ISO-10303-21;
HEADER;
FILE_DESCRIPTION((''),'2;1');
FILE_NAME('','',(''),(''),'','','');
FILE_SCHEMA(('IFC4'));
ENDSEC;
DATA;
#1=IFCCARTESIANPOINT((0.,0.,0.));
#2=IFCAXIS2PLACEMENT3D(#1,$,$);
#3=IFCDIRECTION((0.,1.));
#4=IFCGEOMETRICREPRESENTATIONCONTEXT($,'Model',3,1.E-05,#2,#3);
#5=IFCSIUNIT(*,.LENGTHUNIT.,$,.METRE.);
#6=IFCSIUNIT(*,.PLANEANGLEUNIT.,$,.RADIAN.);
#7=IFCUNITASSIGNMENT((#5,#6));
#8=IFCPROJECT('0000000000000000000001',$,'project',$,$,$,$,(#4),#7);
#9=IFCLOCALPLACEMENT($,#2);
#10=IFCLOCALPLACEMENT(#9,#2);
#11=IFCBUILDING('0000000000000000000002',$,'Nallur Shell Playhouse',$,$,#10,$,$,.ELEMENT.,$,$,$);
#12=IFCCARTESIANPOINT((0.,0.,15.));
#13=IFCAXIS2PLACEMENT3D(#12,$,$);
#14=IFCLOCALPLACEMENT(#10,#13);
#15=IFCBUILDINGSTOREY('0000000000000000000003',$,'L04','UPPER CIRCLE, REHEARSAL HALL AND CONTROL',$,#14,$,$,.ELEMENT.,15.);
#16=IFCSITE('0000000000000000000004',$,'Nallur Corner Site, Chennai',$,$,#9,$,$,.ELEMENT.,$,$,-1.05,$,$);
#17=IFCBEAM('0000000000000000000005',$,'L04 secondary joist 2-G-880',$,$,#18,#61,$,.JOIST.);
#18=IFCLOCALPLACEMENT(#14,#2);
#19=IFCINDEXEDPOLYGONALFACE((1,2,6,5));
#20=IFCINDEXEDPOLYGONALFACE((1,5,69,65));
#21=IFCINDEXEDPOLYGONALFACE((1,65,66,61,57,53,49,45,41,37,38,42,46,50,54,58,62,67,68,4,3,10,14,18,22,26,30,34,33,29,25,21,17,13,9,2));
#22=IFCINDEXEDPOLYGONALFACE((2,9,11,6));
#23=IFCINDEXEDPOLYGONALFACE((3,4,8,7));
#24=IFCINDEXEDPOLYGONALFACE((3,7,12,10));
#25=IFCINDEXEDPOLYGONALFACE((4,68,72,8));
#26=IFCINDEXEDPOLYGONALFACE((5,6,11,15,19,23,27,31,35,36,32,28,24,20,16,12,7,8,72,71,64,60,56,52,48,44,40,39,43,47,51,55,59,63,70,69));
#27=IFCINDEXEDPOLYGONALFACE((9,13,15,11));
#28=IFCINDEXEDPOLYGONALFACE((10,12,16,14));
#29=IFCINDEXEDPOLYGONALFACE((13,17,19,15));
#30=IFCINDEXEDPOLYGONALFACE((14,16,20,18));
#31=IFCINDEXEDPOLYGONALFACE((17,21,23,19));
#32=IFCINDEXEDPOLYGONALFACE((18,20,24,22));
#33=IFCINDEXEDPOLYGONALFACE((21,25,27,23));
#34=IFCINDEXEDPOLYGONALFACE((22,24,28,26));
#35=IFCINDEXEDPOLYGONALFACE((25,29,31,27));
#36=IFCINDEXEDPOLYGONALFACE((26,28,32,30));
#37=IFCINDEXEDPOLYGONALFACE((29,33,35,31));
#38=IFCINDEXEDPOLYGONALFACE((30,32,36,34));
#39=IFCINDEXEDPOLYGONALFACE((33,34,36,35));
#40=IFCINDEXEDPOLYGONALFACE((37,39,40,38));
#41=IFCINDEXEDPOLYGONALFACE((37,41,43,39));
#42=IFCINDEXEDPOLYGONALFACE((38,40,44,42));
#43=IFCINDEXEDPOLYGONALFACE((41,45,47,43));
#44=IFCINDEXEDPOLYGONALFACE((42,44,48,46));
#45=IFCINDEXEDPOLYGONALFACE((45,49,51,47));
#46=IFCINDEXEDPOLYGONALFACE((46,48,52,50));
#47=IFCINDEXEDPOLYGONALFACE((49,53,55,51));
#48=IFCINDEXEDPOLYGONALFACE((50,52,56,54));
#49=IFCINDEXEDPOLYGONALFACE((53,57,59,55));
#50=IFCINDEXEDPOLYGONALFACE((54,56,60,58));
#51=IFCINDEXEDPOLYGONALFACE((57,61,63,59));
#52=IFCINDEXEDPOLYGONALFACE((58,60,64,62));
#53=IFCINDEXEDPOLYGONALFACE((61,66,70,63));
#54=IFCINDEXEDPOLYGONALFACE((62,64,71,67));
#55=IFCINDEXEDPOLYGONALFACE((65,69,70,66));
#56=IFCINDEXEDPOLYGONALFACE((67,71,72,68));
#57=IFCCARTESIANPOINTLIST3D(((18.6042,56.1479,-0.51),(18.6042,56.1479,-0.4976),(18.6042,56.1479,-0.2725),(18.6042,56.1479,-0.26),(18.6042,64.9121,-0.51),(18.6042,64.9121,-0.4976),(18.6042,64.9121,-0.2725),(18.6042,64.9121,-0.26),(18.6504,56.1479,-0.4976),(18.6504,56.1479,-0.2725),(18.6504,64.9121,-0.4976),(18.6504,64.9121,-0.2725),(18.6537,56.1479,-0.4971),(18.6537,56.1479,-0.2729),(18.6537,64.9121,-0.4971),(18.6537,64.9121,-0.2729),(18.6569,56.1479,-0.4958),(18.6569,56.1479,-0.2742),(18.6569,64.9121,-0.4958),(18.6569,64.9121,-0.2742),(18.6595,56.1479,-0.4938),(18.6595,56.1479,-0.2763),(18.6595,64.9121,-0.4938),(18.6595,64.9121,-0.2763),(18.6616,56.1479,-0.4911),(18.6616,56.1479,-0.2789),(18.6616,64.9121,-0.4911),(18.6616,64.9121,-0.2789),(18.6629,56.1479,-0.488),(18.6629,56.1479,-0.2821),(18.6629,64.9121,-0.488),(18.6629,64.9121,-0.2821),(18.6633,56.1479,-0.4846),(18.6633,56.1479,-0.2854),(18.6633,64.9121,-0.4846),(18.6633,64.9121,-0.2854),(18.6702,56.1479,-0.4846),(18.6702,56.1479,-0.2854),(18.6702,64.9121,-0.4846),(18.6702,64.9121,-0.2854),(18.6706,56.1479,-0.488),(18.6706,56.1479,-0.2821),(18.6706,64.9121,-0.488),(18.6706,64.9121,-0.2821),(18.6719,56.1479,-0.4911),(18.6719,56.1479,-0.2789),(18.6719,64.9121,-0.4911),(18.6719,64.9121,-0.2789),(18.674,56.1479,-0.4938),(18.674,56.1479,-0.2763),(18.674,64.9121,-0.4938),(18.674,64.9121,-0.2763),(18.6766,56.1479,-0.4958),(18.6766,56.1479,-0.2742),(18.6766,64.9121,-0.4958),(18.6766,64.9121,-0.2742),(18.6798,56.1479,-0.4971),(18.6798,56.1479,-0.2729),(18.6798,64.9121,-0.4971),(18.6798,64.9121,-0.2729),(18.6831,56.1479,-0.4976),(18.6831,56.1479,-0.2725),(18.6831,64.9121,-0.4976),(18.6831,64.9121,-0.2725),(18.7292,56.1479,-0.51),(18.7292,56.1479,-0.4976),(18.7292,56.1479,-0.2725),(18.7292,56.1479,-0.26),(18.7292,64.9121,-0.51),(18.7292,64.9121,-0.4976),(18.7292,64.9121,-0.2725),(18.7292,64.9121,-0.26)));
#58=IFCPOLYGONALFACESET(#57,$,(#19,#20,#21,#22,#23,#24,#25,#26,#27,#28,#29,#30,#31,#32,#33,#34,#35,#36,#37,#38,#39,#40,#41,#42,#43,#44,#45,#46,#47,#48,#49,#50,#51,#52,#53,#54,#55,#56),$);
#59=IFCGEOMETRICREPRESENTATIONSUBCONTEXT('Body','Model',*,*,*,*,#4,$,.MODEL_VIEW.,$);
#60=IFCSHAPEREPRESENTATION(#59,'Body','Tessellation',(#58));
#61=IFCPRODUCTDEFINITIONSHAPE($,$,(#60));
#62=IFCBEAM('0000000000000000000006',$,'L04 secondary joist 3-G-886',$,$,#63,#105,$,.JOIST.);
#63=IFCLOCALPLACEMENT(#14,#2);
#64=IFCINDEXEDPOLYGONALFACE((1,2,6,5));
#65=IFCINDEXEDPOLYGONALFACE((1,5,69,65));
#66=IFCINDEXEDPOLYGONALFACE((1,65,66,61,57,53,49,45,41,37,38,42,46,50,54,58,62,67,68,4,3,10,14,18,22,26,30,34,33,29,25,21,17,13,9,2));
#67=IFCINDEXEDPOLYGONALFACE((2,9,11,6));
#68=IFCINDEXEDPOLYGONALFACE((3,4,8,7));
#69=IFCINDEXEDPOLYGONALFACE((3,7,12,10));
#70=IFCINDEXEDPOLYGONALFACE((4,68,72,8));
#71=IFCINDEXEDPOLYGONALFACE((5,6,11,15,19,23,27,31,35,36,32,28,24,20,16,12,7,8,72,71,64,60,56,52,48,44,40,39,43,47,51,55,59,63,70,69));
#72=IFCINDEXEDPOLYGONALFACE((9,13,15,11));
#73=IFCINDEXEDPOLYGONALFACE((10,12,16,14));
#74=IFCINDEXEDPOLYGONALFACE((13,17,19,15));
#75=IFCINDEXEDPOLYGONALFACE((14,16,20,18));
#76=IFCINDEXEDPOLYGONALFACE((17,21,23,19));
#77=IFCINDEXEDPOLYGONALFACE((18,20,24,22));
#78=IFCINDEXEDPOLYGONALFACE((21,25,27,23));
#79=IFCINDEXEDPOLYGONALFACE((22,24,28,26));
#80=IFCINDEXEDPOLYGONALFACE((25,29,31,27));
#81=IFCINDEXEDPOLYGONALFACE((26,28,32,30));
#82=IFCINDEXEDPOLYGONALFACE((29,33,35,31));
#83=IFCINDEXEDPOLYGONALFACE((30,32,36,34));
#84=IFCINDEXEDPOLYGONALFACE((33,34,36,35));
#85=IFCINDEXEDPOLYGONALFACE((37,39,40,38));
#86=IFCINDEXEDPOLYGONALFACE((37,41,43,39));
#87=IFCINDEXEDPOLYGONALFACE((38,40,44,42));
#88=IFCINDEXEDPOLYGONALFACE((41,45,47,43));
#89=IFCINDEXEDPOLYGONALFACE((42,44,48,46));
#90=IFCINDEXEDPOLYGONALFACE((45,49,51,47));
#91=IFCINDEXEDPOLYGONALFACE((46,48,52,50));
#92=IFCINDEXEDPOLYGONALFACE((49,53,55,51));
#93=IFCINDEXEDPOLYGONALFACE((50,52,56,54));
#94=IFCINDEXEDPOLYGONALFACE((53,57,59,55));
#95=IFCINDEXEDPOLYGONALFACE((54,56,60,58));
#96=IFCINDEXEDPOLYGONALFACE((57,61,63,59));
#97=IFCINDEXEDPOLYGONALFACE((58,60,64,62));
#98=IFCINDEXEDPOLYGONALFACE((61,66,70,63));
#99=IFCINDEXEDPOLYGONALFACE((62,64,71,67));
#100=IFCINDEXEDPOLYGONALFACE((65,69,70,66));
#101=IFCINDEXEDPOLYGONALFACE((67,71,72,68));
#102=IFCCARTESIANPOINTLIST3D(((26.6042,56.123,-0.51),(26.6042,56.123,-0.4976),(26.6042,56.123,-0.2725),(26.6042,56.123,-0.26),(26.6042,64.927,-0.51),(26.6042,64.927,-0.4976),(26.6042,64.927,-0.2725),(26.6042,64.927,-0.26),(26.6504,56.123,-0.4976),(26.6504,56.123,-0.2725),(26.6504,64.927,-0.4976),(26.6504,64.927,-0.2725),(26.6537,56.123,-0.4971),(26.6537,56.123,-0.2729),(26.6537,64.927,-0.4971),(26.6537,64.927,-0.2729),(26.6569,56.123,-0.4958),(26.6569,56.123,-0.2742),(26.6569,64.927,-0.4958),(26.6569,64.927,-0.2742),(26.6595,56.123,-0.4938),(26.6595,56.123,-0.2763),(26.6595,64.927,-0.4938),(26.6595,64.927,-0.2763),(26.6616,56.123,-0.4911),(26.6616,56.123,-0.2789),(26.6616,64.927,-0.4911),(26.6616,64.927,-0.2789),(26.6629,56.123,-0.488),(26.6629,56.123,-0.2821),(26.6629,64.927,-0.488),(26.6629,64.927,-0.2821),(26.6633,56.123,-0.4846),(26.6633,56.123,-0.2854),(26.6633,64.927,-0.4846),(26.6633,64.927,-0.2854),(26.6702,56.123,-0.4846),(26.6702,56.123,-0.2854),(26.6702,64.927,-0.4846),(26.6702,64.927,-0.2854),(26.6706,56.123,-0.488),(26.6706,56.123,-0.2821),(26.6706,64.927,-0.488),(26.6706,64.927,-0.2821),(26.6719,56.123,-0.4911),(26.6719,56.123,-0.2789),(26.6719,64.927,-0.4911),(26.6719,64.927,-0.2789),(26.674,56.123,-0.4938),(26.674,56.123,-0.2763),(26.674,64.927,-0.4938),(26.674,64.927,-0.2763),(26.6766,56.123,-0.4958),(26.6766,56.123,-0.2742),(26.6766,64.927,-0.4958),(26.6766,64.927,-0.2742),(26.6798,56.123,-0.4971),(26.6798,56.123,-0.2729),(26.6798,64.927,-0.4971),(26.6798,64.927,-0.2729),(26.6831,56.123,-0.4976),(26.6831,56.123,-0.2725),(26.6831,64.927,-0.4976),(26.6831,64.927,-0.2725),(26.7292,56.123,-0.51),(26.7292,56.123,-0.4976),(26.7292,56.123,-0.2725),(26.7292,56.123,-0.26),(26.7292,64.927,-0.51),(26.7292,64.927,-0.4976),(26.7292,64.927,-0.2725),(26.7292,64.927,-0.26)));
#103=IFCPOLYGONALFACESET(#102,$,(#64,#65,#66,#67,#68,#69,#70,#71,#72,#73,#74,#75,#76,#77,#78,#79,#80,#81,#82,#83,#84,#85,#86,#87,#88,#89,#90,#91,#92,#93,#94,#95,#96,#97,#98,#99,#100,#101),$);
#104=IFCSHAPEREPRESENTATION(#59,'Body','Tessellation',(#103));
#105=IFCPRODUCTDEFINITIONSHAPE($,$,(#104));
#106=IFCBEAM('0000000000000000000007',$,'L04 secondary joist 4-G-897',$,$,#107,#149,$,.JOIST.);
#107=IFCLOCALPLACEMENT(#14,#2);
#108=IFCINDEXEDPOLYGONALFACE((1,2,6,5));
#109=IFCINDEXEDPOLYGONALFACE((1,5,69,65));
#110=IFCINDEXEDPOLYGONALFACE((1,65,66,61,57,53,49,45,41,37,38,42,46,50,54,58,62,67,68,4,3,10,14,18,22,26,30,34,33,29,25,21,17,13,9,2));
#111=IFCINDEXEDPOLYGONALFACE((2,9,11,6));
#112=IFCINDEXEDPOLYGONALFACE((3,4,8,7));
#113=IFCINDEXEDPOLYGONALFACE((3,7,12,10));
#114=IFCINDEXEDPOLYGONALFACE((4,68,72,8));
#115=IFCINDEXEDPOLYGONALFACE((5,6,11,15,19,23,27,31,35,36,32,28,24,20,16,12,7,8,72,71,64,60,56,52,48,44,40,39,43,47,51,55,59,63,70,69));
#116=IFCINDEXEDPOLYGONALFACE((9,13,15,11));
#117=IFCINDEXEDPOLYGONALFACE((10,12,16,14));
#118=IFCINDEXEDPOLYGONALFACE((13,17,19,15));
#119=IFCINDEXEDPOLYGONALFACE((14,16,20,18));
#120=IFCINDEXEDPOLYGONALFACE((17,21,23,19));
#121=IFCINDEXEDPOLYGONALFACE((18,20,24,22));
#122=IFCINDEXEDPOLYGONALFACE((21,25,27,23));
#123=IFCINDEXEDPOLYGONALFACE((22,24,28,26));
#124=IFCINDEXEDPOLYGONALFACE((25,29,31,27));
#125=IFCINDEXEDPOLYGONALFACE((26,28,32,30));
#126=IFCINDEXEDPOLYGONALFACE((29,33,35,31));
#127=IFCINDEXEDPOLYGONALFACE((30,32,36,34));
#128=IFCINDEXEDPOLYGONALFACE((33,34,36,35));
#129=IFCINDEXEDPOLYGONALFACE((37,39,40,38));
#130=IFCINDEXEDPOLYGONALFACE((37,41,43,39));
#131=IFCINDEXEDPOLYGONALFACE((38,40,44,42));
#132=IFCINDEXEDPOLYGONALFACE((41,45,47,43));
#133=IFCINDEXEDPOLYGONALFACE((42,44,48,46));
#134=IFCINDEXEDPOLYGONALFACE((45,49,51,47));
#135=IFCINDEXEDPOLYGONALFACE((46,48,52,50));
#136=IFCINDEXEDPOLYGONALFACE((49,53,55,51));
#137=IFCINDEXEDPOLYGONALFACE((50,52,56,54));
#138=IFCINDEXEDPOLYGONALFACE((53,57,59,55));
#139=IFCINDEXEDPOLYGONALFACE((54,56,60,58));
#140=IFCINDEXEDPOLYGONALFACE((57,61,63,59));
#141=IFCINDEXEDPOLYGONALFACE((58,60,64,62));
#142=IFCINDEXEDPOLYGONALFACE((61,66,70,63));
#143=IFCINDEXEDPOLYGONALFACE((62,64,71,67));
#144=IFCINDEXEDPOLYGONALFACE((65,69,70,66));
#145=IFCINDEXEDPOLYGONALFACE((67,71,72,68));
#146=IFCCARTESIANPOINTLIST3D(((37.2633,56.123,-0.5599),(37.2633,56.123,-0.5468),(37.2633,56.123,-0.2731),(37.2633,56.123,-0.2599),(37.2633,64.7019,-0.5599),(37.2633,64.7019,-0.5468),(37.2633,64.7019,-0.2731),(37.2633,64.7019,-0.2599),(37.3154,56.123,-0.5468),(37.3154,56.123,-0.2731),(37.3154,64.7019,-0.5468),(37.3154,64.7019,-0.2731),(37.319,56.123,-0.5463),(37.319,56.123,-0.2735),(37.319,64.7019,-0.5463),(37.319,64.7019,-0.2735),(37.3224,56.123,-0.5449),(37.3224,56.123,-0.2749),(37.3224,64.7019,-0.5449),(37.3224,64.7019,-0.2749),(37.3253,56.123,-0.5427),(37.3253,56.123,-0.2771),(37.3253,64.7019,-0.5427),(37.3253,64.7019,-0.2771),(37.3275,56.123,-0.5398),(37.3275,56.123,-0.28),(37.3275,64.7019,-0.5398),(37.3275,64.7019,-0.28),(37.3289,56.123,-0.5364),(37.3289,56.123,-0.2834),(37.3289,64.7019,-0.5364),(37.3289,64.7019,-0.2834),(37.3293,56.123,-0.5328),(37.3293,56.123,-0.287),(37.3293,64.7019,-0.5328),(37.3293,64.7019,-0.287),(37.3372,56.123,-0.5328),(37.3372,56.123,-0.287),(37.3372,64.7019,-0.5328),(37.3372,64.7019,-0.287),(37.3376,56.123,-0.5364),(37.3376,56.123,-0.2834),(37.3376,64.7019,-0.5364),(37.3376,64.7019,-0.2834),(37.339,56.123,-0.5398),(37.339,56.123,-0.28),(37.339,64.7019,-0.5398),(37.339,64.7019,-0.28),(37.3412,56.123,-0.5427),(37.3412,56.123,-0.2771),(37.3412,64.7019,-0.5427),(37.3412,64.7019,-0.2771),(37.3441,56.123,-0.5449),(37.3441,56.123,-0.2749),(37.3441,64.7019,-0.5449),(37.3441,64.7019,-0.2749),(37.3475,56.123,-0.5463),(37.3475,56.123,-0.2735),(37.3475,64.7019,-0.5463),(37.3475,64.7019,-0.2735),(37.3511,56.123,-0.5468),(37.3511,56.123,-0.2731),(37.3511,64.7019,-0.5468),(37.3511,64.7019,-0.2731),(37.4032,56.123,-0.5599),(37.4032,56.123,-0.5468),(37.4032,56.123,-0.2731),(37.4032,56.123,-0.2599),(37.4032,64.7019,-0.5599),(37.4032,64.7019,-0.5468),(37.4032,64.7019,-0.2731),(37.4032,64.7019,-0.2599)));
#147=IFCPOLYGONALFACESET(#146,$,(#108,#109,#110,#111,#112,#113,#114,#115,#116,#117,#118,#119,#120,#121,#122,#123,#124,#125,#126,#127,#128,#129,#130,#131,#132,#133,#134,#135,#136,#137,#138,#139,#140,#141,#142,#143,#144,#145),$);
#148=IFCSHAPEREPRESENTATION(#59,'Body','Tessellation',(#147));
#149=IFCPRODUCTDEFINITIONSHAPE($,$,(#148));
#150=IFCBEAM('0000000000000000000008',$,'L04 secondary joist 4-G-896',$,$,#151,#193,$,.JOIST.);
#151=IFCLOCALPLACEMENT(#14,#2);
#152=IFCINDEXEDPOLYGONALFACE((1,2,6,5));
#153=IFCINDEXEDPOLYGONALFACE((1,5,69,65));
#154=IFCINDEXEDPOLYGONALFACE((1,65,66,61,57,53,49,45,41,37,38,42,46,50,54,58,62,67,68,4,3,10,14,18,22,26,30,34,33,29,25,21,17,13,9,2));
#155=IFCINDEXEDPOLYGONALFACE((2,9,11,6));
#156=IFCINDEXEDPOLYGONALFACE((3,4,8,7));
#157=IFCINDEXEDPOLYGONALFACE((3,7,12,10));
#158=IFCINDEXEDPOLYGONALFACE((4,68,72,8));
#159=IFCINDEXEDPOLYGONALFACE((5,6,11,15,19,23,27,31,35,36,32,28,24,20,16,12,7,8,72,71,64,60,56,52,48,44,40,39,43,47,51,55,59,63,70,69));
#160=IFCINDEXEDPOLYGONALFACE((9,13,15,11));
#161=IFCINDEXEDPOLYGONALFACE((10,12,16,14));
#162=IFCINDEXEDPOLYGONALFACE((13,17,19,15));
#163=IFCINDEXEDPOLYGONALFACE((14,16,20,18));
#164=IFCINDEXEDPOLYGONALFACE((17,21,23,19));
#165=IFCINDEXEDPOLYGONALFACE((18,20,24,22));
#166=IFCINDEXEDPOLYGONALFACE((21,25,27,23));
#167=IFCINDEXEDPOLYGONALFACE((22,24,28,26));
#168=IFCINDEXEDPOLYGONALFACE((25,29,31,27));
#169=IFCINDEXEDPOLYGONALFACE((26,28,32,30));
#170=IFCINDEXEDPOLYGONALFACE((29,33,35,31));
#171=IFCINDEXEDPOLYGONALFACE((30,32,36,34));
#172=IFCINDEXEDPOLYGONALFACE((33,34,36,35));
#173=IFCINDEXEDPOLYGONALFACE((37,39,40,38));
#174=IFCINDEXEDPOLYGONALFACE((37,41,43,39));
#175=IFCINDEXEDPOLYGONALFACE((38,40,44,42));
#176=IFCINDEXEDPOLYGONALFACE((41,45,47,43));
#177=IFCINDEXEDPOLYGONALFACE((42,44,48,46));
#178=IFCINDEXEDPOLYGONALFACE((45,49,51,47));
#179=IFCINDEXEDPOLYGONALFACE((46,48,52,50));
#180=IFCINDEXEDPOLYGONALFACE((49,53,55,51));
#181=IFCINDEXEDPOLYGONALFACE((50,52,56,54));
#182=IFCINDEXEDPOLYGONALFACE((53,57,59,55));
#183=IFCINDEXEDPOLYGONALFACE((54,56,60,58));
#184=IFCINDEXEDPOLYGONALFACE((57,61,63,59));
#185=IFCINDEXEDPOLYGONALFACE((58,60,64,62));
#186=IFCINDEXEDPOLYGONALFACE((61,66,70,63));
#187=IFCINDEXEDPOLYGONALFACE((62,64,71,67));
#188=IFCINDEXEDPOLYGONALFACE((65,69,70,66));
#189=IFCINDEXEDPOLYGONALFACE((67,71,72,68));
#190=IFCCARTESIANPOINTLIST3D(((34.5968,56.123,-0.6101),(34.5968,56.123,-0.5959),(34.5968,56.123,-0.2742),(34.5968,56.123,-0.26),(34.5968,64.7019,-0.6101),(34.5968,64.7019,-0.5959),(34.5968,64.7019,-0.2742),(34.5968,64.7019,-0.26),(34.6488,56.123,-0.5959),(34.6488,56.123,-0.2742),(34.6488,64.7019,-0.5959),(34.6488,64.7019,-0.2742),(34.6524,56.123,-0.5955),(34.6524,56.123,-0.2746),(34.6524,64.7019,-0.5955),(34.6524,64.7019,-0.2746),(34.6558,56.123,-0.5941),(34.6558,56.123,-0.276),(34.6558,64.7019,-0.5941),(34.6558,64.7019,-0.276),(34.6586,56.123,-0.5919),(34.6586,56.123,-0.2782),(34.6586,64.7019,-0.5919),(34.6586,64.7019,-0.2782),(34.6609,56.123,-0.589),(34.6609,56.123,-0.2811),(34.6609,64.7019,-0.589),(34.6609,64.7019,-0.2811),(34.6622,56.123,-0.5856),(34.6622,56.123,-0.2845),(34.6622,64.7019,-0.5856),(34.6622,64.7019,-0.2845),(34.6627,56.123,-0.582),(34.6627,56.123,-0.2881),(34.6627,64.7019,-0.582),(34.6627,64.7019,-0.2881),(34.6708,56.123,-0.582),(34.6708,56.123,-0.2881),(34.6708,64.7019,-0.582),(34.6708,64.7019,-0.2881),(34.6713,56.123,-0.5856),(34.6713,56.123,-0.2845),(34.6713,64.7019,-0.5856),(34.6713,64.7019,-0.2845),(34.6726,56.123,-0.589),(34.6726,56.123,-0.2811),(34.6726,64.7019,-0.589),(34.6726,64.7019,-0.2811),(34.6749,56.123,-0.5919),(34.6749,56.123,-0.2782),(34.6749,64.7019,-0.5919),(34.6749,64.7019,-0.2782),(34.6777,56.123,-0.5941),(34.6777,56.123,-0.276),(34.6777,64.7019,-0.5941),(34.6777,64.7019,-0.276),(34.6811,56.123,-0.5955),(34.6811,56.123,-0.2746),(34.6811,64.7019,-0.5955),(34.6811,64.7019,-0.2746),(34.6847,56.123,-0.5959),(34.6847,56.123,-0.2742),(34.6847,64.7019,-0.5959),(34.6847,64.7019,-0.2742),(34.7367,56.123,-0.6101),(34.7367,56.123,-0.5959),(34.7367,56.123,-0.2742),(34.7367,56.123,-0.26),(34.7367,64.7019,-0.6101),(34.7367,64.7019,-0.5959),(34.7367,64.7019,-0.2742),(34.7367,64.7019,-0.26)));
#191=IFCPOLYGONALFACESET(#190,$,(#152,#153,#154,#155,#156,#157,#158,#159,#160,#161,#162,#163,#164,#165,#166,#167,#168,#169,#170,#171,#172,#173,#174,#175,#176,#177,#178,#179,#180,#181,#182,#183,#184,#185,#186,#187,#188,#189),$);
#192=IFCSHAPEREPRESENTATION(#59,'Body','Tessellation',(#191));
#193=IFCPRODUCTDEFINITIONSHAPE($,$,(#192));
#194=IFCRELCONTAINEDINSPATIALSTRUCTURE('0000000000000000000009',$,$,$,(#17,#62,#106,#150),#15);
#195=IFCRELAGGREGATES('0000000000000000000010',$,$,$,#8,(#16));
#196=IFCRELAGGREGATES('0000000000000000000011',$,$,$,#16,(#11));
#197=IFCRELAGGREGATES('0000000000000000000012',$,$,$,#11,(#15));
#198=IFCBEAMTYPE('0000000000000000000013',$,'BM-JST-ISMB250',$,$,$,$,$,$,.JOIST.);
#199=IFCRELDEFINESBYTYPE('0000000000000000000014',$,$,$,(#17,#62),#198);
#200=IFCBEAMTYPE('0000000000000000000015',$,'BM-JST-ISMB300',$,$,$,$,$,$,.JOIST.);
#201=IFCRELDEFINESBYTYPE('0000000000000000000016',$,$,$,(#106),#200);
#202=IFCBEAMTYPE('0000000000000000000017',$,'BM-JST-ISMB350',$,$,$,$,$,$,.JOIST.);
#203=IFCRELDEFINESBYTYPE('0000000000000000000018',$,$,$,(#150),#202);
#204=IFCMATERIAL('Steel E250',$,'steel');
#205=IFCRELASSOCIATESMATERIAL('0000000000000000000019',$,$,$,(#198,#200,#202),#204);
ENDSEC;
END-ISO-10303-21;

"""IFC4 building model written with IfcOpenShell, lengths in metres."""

from ifc_helpers import new_model, si_unit, direction, frame, origin, origin_2d, place, context, subcontext, project, spatial, i_section, extrude, material, material_profile, profile_set, type_object, element, save


model = new_model("IFC4")

# Units and contexts
model_context = context("Model", 3, precision=1e-05, world=origin(), true_north=direction((0.0, 1.0)))
body_context = subcontext(model_context, "Body", "Model", "MODEL_VIEW")
ifc_project = project(units=[si_unit("LENGTHUNIT", "METRE"), si_unit("PLANEANGLEUNIT", "RADIAN")], contexts=[model_context])

# Site, building, storey
site_placement = place(None, origin())
site = spatial("IfcSite", under=ifc_project, at=site_placement, Name="Nallur Corner Site, Chennai", CompositionType="ELEMENT", RefElevation=-1.05)
building_placement = place(site_placement, origin())
building = spatial("IfcBuilding", under=site, at=building_placement, Name="Nallur Shell Playhouse", CompositionType="ELEMENT")
storey_placement = place(building_placement, frame((0.0, 0.0, 15.0)))
storey = spatial("IfcBuildingStorey", under=building, at=storey_placement, Name="L04", Description="UPPER CIRCLE, REHEARSAL HALL AND CONTROL", CompositionType="ELEMENT", Elevation=15.0)

# Beams
ifc_material_1 = material(Name="Steel E250", Category="steel")
ifc_material_profile_1 = material_profile(ifc_material_1, i_section(OverallWidth=0.125, OverallDepth=0.25, WebThickness=0.0068, FlangeThickness=0.0125, FilletRadius=0.0129, at=origin_2d()), Name="ISMB 250")
ifc_profile_set_1 = profile_set([ifc_material_profile_1], Name="Steel E250")
beam_type_1 = type_object("IfcBeamType", Name="BM-JST-ISMB250", PredefinedType="JOIST", material=ifc_profile_set_1)
beam_1_placement = place(storey_placement, frame((18.6667, 56.1479, -0.385), z_axis=(0.0, 1.0, 0.0), x_axis=(-1.0, 0.0, 0.0)))
element("IfcBeam", 1, at=beam_1_placement, inside=storey, type_object=beam_type_1, Name="L04 secondary joist 2-G-880", PredefinedType="JOIST", context=body_context, shape_type="SweptSolid", body=[
    extrude(i_section(OverallWidth=0.125, OverallDepth=0.25, WebThickness=0.0068, FlangeThickness=0.0125, FilletRadius=0.0129, at=origin_2d()), origin(), (0.0, 0.0, 1.0), 8.7642),
])
beam_2_placement = place(storey_placement, frame((26.6667, 56.123, -0.385), z_axis=(0.0, 1.0, 0.0), x_axis=(-1.0, 0.0, 0.0)))
element("IfcBeam", 2, at=beam_2_placement, inside=storey, type_object=beam_type_1, Name="L04 secondary joist 3-G-886", PredefinedType="JOIST", context=body_context, shape_type="SweptSolid", body=[
    extrude(i_section(OverallWidth=0.125, OverallDepth=0.25, WebThickness=0.0068, FlangeThickness=0.0125, FilletRadius=0.0129, at=origin_2d()), origin(), (0.0, 0.0, 1.0), 8.804),
])
ifc_material_profile_2 = material_profile(ifc_material_1, i_section(OverallWidth=0.1399, OverallDepth=0.3, WebThickness=0.0078, FlangeThickness=0.0132, FilletRadius=0.0139, at=origin_2d()), Name="ISMB 300")
ifc_profile_set_2 = profile_set([ifc_material_profile_2], Name="Steel E250")
beam_type_2 = type_object("IfcBeamType", Name="BM-JST-ISMB300", PredefinedType="JOIST", material=ifc_profile_set_2)
beam_3_placement = place(storey_placement, frame((37.3333, 56.123, -0.4099), z_axis=(0.0, 1.0, 0.0), x_axis=(-1.0, 0.0, 0.0)))
element("IfcBeam", 3, at=beam_3_placement, inside=storey, type_object=beam_type_2, Name="L04 secondary joist 4-G-897", PredefinedType="JOIST", context=body_context, shape_type="SweptSolid", body=[
    extrude(i_section(OverallWidth=0.1399, OverallDepth=0.3, WebThickness=0.0078, FlangeThickness=0.0132, FilletRadius=0.0139, at=origin_2d()), origin(), (0.0, 0.0, 1.0), 8.5789),
])
ifc_material_profile_3 = material_profile(ifc_material_1, i_section(OverallWidth=0.1399, OverallDepth=0.3501, WebThickness=0.0081, FlangeThickness=0.0142, FilletRadius=0.0139, at=origin_2d()), Name="ISMB 350")
ifc_profile_set_3 = profile_set([ifc_material_profile_3], Name="Steel E250")
beam_type_3 = type_object("IfcBeamType", Name="BM-JST-ISMB350", PredefinedType="JOIST", material=ifc_profile_set_3)
beam_4_placement = place(storey_placement, frame((34.6667, 56.123, -0.4351), z_axis=(0.0, 1.0, 0.0), x_axis=(-1.0, 0.0, 0.0)))
element("IfcBeam", 4, at=beam_4_placement, inside=storey, type_object=beam_type_3, Name="L04 secondary joist 4-G-896", PredefinedType="JOIST", context=body_context, shape_type="SweptSolid", body=[
    extrude(i_section(OverallWidth=0.1399, OverallDepth=0.3501, WebThickness=0.0081, FlangeThickness=0.0142, FilletRadius=0.0139, at=origin_2d()), origin(), (0.0, 0.0, 1.0), 8.5789),
])

save(model, "model.ifc")
